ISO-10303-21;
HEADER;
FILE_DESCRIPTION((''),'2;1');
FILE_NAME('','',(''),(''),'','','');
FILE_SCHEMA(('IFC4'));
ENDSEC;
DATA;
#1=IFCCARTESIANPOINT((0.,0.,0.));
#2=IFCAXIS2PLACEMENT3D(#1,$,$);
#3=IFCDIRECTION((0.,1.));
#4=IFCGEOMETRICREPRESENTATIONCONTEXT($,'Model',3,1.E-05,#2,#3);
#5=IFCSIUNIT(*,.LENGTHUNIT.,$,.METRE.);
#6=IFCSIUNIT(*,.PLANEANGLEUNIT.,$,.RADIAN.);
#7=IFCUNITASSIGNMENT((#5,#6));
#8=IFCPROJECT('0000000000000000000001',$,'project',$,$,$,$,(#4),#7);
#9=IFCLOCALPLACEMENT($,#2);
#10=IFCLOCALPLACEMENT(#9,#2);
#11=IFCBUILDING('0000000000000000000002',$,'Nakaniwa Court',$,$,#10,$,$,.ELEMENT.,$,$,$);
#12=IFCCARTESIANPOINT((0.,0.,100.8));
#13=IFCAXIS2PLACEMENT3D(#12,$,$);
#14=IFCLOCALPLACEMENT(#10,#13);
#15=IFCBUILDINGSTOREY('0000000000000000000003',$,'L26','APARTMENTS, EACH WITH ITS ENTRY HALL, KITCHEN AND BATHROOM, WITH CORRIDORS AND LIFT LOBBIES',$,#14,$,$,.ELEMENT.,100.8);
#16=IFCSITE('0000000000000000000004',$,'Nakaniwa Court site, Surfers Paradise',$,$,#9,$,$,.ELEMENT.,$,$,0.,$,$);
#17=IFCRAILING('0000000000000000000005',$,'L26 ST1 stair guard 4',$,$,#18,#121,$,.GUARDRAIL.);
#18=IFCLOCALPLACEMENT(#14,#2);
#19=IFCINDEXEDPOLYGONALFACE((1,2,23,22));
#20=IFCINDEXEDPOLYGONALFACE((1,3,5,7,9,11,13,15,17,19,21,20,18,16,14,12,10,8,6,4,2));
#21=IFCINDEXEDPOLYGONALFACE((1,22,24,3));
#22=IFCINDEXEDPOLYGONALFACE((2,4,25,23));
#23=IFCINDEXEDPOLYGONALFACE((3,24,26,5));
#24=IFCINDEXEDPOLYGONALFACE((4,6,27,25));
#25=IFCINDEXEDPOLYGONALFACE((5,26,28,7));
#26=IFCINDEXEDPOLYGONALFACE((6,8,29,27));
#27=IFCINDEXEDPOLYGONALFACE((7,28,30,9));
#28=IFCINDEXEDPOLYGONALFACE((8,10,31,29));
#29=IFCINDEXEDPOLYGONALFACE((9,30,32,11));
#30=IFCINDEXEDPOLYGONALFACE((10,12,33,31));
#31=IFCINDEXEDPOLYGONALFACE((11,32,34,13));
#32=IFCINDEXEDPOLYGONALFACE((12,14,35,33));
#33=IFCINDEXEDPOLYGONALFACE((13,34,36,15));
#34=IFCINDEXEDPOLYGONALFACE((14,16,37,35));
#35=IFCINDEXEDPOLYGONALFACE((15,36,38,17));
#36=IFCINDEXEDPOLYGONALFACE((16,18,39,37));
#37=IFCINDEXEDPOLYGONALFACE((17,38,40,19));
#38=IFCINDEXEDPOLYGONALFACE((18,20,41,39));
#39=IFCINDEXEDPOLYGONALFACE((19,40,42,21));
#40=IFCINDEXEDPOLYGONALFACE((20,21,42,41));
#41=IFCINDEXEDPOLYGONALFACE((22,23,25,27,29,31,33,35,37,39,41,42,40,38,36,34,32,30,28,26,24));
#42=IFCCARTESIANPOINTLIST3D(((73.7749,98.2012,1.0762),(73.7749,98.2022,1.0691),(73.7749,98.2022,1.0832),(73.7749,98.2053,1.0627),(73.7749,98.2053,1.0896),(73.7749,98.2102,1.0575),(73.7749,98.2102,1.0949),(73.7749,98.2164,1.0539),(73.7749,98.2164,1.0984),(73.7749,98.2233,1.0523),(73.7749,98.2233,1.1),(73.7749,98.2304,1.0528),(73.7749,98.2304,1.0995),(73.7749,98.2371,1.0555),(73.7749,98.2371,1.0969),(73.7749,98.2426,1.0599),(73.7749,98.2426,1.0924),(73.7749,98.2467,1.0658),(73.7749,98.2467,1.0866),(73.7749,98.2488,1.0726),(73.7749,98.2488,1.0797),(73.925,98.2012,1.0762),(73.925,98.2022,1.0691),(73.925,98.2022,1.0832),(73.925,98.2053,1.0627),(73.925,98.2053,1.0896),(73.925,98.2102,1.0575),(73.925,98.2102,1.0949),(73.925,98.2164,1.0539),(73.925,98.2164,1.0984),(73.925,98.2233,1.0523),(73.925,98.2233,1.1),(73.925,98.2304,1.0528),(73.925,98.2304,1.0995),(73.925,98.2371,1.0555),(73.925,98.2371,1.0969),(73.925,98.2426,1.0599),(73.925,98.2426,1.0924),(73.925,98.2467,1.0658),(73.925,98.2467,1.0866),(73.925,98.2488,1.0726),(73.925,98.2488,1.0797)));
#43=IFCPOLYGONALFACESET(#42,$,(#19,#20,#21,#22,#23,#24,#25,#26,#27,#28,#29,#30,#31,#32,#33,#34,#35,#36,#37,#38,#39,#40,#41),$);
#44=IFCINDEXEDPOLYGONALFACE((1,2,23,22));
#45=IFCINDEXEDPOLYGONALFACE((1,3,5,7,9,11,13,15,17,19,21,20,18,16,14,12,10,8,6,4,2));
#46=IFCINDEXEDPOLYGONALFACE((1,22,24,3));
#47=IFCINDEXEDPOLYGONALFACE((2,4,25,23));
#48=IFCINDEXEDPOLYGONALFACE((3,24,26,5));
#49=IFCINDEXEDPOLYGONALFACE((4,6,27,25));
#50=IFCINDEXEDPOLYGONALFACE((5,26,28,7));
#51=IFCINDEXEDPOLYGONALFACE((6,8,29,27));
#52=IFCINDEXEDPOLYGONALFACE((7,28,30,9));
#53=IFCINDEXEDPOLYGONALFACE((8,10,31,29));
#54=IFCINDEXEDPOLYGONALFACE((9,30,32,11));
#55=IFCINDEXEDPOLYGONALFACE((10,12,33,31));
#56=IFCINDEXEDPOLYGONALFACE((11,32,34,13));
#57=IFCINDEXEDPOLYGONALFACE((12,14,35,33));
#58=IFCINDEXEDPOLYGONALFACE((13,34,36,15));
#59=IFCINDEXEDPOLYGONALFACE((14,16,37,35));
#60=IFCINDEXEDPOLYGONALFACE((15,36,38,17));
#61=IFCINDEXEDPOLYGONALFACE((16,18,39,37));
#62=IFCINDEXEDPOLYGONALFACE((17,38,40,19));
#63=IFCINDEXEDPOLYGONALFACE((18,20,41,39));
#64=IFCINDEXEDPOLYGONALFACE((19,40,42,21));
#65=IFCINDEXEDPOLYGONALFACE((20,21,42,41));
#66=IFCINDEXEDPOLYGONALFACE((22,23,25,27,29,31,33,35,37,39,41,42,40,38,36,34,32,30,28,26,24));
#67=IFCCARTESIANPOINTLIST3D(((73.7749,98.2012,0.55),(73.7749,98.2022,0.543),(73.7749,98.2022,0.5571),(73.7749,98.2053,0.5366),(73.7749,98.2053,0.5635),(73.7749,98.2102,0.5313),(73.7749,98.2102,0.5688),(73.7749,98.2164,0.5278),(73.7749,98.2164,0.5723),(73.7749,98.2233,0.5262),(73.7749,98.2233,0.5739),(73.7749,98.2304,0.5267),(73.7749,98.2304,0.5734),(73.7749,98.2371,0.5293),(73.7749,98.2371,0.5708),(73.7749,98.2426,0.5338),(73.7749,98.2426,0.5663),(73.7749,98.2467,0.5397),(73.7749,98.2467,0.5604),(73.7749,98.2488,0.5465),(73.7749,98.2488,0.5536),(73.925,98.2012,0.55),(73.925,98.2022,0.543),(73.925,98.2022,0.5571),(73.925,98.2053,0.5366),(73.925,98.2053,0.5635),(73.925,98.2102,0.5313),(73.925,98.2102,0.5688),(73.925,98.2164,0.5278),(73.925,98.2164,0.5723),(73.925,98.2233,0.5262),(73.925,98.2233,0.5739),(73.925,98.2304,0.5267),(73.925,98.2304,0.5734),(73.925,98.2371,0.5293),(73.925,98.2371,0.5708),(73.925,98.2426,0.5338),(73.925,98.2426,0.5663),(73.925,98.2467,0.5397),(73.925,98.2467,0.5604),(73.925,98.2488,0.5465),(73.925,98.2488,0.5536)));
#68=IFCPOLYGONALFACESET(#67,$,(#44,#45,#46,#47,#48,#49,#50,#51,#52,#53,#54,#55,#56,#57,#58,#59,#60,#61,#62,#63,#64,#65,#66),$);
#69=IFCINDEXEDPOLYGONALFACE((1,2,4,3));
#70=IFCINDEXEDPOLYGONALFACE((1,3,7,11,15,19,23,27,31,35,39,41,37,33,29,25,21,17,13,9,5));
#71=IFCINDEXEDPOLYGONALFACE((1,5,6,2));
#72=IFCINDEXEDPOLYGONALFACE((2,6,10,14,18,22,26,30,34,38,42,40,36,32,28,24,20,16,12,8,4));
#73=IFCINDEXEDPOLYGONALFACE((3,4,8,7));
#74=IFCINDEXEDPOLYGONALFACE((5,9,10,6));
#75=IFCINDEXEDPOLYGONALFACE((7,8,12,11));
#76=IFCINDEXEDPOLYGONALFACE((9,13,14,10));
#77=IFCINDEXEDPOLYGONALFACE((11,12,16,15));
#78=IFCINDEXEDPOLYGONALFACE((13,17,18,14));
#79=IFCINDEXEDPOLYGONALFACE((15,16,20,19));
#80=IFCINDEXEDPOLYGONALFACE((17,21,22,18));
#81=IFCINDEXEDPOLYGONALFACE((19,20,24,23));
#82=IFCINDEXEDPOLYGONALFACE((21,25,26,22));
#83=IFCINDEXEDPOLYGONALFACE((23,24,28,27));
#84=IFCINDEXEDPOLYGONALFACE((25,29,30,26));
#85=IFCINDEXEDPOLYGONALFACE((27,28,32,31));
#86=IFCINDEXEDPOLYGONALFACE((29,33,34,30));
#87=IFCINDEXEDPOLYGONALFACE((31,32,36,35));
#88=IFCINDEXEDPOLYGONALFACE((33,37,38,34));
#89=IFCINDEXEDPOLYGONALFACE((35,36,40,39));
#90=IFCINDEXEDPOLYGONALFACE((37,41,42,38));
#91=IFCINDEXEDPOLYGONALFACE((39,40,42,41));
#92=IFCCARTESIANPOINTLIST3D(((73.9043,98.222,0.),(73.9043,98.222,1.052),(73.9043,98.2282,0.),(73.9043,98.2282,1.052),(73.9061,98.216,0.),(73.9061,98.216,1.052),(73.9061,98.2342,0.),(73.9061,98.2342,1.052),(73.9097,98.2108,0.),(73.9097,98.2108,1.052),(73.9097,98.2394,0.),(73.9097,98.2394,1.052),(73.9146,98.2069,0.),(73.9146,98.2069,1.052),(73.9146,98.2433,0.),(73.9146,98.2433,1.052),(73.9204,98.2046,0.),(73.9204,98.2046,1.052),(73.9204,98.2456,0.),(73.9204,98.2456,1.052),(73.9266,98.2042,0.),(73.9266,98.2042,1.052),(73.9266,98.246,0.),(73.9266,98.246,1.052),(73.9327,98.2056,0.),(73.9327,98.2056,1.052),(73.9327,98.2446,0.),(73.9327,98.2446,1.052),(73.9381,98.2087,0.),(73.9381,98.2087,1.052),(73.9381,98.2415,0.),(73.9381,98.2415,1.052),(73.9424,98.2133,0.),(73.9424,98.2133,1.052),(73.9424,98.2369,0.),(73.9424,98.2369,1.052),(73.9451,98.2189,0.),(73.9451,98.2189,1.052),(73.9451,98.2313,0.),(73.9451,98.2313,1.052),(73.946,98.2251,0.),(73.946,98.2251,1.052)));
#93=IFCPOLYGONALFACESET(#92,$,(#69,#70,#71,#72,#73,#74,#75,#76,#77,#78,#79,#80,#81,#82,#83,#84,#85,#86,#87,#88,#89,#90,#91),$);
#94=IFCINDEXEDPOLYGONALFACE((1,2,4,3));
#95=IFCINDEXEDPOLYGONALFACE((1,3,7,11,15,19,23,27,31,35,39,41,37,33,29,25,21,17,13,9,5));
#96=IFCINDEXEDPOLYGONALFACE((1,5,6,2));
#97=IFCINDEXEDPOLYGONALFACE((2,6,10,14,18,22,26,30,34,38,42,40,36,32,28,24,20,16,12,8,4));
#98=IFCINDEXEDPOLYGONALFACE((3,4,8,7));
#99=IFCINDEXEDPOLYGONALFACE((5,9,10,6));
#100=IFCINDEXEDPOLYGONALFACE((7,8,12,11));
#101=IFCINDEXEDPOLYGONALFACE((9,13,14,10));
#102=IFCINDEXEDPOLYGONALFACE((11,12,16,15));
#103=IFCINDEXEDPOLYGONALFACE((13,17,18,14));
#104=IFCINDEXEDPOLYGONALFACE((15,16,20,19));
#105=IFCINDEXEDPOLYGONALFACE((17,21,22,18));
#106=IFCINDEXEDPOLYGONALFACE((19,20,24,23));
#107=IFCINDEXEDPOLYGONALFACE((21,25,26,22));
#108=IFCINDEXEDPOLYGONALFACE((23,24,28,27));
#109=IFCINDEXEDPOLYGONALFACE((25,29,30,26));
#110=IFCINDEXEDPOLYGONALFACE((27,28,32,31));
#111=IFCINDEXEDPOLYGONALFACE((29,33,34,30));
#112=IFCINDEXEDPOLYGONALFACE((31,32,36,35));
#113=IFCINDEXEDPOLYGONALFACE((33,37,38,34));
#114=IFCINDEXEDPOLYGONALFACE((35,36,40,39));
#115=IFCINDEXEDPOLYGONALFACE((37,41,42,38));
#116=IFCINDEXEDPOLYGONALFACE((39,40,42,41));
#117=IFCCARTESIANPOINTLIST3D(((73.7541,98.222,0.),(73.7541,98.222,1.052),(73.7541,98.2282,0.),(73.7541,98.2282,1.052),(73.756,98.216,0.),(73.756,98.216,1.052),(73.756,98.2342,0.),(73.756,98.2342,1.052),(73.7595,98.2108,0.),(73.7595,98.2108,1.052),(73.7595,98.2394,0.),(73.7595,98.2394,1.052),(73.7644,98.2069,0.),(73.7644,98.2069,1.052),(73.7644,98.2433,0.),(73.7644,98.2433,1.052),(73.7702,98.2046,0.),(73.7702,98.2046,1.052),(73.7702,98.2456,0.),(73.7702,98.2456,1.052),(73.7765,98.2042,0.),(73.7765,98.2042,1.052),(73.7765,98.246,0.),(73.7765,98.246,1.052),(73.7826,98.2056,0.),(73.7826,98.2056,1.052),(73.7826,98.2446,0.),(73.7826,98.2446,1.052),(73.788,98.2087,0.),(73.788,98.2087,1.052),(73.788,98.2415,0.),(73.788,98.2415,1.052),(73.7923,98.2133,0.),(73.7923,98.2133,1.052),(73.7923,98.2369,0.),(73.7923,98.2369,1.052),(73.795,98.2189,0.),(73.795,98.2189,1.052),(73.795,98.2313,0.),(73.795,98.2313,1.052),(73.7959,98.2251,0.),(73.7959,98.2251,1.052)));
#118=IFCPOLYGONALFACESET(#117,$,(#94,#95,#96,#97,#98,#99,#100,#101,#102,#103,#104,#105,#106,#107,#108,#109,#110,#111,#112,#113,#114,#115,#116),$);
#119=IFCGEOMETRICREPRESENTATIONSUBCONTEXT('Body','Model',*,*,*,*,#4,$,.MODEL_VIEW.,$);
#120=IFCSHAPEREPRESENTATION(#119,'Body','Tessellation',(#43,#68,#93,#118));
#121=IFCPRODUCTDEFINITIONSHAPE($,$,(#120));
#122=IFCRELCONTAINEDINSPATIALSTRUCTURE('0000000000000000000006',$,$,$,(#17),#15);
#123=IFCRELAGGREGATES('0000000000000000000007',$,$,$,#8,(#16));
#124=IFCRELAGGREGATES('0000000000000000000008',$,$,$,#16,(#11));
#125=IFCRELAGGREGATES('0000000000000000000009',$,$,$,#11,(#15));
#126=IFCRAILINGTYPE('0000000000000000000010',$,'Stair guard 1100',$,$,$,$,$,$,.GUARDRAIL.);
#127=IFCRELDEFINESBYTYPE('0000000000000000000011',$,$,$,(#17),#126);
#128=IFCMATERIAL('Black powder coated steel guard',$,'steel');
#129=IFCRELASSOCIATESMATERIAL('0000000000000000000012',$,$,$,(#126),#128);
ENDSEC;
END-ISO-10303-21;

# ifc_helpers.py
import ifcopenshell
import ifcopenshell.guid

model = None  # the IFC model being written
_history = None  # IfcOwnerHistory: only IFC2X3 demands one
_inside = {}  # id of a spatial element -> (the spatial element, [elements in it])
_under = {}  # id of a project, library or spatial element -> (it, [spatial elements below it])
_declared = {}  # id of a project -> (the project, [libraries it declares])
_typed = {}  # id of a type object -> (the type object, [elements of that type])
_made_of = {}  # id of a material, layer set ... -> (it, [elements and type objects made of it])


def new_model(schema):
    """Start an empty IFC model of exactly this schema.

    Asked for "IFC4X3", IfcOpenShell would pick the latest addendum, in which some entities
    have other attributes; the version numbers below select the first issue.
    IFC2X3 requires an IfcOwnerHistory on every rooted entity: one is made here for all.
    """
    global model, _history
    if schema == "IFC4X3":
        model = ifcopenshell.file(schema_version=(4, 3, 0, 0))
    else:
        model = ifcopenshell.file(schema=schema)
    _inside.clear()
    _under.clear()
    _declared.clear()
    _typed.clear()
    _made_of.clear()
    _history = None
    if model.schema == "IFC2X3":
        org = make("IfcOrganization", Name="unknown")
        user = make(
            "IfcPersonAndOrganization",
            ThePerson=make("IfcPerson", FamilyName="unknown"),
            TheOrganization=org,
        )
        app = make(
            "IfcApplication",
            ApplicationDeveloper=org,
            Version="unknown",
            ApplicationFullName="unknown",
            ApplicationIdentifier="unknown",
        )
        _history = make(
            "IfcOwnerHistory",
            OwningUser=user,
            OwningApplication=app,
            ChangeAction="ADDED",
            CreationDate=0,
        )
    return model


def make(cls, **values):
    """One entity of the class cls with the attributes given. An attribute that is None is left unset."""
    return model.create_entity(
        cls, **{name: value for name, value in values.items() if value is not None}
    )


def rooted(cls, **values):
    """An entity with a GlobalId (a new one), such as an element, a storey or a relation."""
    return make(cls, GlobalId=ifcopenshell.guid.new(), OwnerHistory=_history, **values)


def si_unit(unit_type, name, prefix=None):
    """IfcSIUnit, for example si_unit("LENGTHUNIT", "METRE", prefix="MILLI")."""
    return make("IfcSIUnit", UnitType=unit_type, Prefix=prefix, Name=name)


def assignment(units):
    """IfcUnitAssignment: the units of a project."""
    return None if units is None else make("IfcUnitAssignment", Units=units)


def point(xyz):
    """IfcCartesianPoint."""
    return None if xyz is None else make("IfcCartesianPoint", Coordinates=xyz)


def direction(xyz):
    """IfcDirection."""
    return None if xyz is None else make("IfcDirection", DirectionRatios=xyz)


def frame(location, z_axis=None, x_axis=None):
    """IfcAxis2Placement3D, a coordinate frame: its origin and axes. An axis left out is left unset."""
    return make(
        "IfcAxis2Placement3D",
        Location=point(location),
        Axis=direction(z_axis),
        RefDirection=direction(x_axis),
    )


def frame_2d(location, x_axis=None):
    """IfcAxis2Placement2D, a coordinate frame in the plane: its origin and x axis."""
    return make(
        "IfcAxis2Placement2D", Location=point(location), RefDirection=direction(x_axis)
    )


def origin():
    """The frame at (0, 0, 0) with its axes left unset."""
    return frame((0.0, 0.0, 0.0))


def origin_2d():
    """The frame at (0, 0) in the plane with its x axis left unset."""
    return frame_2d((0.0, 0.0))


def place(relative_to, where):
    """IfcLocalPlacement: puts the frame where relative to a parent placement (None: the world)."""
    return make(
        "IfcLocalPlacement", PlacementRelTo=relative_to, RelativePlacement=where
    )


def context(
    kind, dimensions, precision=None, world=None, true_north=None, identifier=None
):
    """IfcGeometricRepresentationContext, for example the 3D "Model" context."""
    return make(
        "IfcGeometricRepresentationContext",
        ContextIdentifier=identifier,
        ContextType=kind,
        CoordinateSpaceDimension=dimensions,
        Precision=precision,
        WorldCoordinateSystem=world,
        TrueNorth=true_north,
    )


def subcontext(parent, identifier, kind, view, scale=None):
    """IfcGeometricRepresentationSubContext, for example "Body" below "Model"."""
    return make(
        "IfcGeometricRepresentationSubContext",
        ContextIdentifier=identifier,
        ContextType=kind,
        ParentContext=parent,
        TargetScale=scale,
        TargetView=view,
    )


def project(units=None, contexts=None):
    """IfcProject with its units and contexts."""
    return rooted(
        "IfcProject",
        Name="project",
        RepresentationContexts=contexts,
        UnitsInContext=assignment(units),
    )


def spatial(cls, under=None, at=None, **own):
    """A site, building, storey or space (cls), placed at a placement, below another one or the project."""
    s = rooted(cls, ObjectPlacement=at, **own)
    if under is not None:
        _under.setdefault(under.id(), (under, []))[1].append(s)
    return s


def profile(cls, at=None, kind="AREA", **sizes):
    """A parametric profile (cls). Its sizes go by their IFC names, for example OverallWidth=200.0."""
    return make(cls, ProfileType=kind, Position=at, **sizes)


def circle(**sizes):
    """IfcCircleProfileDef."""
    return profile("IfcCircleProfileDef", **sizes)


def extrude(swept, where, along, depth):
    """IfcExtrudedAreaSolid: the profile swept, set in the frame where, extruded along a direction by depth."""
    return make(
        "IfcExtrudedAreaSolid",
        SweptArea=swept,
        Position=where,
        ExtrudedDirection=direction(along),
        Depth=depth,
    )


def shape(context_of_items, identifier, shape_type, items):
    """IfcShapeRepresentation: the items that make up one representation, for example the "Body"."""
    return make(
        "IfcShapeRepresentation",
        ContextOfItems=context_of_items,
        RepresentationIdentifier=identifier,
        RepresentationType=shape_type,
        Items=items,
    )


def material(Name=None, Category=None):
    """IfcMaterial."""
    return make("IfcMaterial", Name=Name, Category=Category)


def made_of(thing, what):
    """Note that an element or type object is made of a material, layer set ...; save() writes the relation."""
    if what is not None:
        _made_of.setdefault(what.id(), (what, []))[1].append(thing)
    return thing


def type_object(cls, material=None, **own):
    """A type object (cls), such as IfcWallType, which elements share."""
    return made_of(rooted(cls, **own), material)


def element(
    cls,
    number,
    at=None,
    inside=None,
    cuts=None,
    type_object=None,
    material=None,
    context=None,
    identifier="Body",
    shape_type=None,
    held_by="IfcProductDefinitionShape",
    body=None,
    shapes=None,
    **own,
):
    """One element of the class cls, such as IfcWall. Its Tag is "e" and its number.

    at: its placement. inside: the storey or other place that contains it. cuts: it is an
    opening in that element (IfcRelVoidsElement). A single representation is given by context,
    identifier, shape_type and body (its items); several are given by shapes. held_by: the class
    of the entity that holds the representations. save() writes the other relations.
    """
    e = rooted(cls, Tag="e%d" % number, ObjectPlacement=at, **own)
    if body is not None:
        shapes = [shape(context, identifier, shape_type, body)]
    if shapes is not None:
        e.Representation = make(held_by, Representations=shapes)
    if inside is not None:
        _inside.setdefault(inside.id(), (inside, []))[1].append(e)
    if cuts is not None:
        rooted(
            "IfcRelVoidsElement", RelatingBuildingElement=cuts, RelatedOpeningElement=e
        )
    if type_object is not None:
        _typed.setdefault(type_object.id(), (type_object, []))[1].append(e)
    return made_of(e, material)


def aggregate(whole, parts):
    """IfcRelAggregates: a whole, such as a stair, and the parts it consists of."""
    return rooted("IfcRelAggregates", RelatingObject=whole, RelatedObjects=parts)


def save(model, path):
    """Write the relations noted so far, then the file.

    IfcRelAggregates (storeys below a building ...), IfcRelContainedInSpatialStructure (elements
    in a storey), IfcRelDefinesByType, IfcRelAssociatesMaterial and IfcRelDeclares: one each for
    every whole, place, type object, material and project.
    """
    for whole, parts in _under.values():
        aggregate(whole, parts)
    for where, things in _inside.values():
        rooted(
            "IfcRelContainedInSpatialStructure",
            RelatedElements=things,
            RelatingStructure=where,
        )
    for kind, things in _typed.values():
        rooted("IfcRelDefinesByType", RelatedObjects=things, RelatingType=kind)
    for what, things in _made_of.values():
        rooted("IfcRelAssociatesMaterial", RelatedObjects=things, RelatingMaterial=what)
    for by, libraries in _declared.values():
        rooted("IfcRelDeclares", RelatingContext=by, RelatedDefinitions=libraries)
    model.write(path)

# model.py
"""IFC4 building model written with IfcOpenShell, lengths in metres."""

from ifc_helpers import new_model, si_unit, direction, frame, origin, origin_2d, place, context, subcontext, project, spatial, circle, extrude, material, type_object, element, save


model = new_model("IFC4")

# Units and contexts
model_context = context("Model", 3, precision=1e-05, world=origin(), true_north=direction((0.0, 1.0)))
body_context = subcontext(model_context, "Body", "Model", "MODEL_VIEW")
ifc_project = project(units=[si_unit("LENGTHUNIT", "METRE"), si_unit("PLANEANGLEUNIT", "RADIAN")], contexts=[model_context])

# Site, building, storey
site_placement = place(None, origin())
site = spatial("IfcSite", under=ifc_project, at=site_placement, Name="Nakaniwa Court site, Surfers Paradise", CompositionType="ELEMENT", RefElevation=0.0)
building_placement = place(site_placement, origin())
building = spatial("IfcBuilding", under=site, at=building_placement, Name="Nakaniwa Court", CompositionType="ELEMENT")
storey_placement = place(building_placement, frame((0.0, 0.0, 100.8)))
storey = spatial("IfcBuildingStorey", under=building, at=storey_placement, Name="L26", Description="APARTMENTS, EACH WITH ITS ENTRY HALL, KITCHEN AND BATHROOM, WITH CORRIDORS AND LIFT LOBBIES", CompositionType="ELEMENT", Elevation=100.8)

# Railing
ifc_material_1 = material(Name="Black powder coated steel guard", Category="steel")
railing_type_1 = type_object("IfcRailingType", Name="Stair guard 1100", PredefinedType="GUARDRAIL", material=ifc_material_1)
railing_1_placement = place(storey_placement, frame((73.925, 98.2251, 0.0)))
element("IfcRailing", 1, at=railing_1_placement, inside=storey, type_object=railing_type_1, Name="L26 ST1 stair guard 4", PredefinedType="GUARDRAIL", context=body_context, shape_type="SweptSolid", body=[
    extrude(circle(Radius=0.0239, at=origin_2d()), frame((0.0, 0.0, 1.0762), z_axis=(-1.0, 0.0, 0.0), x_axis=(0.0, -1.0, 0.0)), (0.0, 0.0, 1.0), 0.1501),
    extrude(circle(Radius=0.0239, at=origin_2d()), frame((0.0, 0.0, 0.55), z_axis=(-1.0, 0.0, 0.0), x_axis=(0.0, -1.0, 0.0)), (0.0, 0.0, 1.0), 0.1501),
    extrude(circle(Radius=0.021, at=origin_2d()), origin(), (0.0, 0.0, 1.0), 1.052),
    extrude(circle(Radius=0.021, at=origin_2d()), frame((-0.1501, 0.0, 0.0)), (0.0, 0.0, 1.0), 1.052),
])

save(model, "model.ifc")
